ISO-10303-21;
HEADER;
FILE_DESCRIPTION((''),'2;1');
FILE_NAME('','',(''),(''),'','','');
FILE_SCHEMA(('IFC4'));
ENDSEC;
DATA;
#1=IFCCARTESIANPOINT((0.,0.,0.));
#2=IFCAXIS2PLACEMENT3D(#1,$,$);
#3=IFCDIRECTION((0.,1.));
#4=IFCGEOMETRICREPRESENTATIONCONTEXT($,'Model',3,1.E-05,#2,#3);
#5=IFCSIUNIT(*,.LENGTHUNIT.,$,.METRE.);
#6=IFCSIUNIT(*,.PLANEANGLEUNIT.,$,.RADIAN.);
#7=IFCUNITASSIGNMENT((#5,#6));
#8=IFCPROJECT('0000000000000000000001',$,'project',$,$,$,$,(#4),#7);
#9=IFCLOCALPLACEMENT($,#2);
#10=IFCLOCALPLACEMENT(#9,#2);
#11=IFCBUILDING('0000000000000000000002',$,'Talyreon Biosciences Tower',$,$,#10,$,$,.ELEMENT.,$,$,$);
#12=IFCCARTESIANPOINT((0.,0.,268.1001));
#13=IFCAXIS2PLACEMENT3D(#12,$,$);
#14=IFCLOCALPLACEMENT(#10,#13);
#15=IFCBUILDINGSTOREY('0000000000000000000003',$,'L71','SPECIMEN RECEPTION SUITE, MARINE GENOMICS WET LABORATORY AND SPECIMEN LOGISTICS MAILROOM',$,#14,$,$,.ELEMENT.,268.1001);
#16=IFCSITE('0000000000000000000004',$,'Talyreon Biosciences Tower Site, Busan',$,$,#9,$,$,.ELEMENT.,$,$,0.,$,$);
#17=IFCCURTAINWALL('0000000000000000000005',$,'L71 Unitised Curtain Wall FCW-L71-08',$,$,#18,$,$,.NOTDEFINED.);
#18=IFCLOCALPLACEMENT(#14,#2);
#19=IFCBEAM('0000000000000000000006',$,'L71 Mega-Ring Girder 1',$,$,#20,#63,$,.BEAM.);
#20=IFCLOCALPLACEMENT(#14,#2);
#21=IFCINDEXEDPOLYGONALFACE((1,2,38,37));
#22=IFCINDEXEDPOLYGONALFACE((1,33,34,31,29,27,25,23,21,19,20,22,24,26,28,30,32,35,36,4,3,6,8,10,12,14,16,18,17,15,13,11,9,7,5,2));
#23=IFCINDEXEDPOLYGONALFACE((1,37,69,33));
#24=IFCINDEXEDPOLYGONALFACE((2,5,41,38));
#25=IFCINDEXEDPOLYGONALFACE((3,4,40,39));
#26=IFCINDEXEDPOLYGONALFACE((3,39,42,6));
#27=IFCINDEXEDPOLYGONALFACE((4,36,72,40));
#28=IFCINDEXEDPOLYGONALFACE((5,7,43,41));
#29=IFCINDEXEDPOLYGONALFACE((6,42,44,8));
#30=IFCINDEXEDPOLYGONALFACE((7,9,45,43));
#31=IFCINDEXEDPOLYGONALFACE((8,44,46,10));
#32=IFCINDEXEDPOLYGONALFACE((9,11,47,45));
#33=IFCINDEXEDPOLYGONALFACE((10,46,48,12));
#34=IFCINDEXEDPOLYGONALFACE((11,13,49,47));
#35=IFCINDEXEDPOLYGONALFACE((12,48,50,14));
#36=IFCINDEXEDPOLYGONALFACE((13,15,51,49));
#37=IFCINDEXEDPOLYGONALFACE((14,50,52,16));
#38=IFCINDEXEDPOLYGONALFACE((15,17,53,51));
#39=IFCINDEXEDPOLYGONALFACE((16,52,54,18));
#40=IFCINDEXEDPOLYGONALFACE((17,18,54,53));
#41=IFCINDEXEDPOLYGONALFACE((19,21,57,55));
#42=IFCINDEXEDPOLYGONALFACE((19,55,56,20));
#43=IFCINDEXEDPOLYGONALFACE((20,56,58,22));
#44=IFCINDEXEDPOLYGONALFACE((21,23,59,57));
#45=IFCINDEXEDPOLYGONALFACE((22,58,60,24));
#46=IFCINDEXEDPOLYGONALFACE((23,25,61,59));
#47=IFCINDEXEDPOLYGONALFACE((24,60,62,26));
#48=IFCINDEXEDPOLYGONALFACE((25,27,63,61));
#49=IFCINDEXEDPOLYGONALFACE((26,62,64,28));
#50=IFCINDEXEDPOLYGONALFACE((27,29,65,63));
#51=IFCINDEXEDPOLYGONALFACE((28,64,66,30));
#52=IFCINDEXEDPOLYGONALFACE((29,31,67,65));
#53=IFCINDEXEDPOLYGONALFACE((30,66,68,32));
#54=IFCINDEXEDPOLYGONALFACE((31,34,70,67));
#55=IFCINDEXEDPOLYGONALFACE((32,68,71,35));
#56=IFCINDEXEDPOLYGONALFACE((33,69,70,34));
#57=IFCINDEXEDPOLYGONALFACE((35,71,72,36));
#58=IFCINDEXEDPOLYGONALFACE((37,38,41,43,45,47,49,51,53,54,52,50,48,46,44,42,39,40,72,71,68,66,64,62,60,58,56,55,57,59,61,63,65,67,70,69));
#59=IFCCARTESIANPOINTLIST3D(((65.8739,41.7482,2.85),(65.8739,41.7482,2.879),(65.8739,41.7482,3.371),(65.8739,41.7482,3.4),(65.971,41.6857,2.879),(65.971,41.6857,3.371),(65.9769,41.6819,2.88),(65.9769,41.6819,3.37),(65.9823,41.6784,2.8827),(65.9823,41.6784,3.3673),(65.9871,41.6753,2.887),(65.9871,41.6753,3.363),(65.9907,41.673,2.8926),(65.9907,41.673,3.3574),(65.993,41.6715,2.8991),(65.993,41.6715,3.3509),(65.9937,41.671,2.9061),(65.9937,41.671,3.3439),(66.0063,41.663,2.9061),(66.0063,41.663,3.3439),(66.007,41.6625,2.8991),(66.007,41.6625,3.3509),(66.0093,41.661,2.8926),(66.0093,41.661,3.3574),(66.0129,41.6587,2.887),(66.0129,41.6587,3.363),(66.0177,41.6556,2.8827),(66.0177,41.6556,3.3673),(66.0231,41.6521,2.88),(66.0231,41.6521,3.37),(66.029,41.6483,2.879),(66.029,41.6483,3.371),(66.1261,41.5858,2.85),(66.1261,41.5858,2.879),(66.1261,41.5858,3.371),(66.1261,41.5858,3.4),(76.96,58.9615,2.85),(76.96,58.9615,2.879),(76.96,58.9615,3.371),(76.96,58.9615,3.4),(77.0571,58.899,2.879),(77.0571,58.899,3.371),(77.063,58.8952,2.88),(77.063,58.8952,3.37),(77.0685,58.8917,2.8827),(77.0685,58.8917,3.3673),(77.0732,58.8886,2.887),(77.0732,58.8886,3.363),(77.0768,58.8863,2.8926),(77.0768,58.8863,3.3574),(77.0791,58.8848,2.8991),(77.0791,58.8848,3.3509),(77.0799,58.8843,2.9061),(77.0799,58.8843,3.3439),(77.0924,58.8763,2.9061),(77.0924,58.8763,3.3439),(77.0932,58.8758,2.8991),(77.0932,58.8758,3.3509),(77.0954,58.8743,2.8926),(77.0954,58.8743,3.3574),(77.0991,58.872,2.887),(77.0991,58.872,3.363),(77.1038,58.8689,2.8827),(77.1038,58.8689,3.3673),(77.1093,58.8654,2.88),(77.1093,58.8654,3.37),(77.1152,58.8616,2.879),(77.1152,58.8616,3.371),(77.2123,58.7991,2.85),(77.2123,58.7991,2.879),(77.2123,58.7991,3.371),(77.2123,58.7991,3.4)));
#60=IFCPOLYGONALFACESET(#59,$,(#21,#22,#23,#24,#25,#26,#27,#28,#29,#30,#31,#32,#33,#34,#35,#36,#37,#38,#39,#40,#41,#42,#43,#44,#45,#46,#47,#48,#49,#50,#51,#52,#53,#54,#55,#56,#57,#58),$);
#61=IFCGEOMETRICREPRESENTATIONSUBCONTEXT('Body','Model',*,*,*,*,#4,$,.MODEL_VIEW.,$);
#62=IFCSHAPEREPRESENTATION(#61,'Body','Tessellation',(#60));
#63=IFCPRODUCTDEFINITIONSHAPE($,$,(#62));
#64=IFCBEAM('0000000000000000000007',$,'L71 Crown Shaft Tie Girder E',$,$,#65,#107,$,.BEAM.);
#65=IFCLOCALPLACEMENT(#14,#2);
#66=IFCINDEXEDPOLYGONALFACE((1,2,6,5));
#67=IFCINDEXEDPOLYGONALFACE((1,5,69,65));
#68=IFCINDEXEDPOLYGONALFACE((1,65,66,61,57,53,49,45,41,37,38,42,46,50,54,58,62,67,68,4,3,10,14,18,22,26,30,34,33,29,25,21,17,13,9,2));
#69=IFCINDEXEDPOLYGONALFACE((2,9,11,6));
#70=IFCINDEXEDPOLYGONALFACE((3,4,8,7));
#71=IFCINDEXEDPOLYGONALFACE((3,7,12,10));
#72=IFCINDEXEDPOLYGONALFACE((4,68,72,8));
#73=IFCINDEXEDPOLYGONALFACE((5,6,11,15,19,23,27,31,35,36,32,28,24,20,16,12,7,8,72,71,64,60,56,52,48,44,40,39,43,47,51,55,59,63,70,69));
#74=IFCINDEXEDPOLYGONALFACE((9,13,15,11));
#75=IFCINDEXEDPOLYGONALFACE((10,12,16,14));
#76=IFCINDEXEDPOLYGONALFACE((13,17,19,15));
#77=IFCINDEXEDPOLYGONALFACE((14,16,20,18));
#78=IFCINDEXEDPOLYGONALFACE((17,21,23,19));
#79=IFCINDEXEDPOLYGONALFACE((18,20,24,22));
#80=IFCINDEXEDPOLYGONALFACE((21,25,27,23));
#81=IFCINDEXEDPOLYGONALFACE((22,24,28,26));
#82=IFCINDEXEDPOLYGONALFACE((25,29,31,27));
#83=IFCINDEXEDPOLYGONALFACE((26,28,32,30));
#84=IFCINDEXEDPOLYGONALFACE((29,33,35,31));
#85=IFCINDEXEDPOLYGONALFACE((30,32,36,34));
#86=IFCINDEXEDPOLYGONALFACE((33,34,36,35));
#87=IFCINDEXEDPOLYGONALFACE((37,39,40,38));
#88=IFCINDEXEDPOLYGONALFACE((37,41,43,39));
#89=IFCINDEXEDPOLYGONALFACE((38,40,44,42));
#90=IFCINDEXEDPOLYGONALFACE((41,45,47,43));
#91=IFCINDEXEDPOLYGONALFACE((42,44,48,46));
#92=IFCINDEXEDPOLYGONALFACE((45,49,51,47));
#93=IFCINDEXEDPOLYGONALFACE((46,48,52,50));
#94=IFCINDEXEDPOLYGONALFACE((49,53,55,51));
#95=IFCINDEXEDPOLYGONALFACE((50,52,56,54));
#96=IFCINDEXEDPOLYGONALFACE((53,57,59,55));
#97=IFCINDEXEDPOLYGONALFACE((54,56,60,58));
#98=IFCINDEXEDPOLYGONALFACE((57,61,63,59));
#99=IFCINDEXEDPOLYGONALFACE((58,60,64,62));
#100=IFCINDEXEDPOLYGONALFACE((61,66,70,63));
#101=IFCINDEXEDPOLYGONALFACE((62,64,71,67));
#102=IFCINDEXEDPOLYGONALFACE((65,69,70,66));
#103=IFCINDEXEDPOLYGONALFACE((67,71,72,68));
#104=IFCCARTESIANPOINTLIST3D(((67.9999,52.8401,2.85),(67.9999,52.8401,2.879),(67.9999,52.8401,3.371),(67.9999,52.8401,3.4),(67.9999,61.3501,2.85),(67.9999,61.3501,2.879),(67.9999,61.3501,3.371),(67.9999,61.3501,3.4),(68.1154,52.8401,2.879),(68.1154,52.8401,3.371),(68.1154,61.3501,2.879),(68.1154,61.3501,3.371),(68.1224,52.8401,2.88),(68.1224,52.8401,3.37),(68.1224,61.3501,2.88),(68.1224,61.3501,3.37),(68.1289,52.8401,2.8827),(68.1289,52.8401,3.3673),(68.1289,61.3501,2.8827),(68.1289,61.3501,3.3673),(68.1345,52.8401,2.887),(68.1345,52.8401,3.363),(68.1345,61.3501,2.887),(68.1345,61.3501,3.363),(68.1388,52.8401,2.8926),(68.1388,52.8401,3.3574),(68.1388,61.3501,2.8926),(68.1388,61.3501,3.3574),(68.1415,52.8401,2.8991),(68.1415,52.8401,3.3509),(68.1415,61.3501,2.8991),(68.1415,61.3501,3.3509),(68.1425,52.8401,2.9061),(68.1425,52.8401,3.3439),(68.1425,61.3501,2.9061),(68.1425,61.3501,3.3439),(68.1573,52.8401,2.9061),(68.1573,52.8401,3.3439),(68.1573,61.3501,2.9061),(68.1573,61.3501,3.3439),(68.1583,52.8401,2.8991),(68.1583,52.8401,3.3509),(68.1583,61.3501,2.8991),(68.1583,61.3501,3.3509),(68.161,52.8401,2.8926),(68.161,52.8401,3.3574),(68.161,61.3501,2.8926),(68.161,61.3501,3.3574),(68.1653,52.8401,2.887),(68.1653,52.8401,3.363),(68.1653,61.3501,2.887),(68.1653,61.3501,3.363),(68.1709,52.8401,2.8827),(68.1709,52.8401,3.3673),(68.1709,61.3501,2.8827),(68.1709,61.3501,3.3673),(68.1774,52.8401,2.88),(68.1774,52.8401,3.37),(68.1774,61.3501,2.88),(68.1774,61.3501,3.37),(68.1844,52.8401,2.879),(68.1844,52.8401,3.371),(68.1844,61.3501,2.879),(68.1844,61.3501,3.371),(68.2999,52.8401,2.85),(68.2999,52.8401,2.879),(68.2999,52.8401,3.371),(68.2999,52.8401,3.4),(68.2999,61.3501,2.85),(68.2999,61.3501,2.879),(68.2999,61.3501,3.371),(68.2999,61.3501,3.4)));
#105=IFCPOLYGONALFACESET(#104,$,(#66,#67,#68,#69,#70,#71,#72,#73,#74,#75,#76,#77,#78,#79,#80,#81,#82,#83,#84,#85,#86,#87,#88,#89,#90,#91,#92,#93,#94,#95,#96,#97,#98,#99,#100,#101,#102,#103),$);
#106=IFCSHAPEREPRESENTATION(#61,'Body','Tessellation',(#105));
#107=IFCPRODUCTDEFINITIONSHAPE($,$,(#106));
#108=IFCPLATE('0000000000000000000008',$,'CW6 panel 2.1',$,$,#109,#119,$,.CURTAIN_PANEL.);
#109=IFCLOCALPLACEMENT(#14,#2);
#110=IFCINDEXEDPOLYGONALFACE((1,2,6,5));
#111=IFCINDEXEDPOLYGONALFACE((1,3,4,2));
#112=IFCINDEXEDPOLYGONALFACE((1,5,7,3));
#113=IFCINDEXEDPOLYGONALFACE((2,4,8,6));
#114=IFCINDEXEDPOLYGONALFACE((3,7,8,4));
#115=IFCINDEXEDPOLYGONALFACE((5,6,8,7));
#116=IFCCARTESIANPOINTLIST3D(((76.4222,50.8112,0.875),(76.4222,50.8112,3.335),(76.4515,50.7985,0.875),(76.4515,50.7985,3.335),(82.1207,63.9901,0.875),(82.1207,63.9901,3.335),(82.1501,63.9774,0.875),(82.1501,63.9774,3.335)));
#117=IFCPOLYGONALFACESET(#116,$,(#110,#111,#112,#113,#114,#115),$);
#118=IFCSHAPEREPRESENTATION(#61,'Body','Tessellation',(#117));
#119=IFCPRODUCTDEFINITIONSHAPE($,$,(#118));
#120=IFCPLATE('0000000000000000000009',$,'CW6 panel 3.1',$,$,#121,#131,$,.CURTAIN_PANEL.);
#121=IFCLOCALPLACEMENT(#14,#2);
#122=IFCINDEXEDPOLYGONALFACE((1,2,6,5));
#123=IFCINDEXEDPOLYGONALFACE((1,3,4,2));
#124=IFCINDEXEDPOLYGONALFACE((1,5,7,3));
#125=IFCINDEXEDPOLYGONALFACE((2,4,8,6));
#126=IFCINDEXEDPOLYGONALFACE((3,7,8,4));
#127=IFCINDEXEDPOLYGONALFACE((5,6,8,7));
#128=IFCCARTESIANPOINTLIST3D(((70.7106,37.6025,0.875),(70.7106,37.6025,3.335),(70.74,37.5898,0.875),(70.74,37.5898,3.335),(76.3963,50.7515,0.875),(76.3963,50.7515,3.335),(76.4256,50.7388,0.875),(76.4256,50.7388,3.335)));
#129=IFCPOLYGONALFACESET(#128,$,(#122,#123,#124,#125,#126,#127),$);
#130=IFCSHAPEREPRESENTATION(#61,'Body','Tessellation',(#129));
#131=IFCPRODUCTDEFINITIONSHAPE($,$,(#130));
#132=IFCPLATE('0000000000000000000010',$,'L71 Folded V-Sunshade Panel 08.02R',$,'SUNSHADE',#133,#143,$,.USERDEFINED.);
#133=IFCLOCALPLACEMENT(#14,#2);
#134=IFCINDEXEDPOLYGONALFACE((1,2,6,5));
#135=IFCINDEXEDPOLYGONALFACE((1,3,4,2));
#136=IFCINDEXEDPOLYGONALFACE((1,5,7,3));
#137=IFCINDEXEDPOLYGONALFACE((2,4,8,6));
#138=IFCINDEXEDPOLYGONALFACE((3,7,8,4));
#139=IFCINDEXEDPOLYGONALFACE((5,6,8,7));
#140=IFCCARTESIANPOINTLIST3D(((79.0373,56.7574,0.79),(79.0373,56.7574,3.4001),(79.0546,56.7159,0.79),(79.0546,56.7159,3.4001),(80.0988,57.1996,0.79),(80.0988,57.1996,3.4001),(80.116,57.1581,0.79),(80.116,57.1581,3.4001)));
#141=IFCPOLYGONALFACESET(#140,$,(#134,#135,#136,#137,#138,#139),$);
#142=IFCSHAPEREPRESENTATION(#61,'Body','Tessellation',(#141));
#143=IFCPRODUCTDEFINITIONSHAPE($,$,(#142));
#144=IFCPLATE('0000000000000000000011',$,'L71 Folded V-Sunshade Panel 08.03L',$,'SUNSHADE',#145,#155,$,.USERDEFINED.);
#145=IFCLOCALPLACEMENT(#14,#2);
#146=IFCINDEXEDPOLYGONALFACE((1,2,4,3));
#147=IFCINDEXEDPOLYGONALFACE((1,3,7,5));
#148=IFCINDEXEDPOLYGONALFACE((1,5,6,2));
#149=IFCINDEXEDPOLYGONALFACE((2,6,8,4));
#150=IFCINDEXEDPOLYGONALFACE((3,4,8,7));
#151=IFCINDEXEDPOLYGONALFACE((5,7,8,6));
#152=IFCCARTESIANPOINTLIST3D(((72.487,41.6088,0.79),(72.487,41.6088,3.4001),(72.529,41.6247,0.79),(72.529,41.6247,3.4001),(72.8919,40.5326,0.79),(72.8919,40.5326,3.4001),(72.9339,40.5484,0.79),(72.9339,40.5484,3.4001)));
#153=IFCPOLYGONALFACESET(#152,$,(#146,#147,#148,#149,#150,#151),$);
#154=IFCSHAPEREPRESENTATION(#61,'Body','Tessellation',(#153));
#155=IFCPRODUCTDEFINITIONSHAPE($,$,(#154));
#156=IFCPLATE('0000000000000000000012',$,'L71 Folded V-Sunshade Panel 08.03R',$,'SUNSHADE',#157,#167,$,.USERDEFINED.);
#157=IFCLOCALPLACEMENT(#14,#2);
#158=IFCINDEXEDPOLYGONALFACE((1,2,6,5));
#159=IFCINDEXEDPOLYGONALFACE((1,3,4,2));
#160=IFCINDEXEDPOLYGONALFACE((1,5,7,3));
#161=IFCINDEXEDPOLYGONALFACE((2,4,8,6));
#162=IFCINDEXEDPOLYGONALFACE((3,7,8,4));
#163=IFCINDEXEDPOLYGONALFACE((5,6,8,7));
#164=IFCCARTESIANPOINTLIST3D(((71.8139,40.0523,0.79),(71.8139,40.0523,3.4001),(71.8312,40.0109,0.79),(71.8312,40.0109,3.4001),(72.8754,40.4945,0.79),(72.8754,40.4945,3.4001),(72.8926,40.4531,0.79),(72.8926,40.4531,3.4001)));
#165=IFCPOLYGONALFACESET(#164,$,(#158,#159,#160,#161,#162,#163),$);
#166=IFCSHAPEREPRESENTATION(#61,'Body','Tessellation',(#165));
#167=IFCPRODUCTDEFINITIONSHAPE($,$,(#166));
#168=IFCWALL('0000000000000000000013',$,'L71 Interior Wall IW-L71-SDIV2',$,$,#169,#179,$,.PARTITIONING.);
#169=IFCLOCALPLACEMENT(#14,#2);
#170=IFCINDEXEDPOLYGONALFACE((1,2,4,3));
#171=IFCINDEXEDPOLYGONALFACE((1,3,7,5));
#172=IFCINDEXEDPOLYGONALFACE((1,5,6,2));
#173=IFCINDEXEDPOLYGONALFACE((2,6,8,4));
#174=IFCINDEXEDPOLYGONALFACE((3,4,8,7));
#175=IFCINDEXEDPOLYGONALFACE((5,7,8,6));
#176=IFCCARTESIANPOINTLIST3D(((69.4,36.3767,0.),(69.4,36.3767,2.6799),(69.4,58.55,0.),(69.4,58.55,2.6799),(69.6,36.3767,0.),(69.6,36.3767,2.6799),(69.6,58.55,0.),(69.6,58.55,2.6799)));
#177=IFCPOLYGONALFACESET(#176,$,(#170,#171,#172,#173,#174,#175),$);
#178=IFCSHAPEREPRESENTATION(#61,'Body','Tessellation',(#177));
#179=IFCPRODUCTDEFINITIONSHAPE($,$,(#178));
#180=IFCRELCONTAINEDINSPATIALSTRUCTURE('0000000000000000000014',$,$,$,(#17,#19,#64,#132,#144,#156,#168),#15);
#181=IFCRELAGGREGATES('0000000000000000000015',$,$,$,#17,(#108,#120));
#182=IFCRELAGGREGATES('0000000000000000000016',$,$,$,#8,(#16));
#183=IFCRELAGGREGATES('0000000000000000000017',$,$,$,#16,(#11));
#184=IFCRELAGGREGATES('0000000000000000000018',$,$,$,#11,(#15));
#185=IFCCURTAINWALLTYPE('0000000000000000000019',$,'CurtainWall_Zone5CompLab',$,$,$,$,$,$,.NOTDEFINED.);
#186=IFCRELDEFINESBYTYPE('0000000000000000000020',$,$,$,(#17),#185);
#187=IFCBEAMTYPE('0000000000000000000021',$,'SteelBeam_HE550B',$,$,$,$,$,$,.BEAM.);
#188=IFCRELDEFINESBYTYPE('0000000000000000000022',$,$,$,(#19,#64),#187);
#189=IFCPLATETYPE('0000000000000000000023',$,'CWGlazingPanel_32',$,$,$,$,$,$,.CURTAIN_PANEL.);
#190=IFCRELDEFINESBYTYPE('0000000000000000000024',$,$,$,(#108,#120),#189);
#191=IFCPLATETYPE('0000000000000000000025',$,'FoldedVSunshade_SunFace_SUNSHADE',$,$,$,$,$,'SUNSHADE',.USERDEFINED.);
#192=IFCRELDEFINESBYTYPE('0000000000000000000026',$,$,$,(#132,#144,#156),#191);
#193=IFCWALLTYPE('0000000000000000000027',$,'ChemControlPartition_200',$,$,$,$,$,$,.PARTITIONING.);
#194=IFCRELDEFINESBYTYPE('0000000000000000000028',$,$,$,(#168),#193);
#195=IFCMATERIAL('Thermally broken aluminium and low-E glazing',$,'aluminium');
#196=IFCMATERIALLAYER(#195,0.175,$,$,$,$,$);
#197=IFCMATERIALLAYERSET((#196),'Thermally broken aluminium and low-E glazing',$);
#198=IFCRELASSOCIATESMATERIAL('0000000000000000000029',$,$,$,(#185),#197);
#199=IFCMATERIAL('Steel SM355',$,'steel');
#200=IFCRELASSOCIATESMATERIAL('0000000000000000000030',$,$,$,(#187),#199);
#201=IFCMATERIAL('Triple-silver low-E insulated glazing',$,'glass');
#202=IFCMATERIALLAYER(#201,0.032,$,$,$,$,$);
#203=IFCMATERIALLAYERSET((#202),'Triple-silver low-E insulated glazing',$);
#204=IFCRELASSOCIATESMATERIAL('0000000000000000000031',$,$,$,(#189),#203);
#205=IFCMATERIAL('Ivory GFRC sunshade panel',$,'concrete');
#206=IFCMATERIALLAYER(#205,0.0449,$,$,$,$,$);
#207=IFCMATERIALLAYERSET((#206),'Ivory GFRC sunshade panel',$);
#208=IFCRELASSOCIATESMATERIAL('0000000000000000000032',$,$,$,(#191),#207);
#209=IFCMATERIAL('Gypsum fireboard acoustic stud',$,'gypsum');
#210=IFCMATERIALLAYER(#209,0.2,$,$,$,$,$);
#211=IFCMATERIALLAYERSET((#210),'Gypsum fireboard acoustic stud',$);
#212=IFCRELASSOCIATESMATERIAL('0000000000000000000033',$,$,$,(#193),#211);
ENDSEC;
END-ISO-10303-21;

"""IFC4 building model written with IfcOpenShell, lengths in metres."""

from ifc_helpers import new_model, si_unit, direction, frame, frame_2d, origin, origin_2d, place, context, subcontext, project, spatial, rectangle, i_section, extrude, material, layer, layer_set, material_profile, profile_set, type_object, element, aggregate, save


model = new_model("IFC4")

# Units and contexts
model_context = context("Model", 3, precision=1e-05, world=origin(), true_north=direction((0.0, 1.0)))
body_context = subcontext(model_context, "Body", "Model", "MODEL_VIEW")
ifc_project = project(units=[si_unit("LENGTHUNIT", "METRE"), si_unit("PLANEANGLEUNIT", "RADIAN")], contexts=[model_context])

# Site, building, storey
site_placement = place(None, origin())
site = spatial("IfcSite", under=ifc_project, at=site_placement, Name="Talyreon Biosciences Tower Site, Busan", CompositionType="ELEMENT", RefElevation=0.0)
building_placement = place(site_placement, origin())
building = spatial("IfcBuilding", under=site, at=building_placement, Name="Talyreon Biosciences Tower", CompositionType="ELEMENT")
storey_placement = place(building_placement, frame((0.0, 0.0, 268.1001)))
storey = spatial("IfcBuildingStorey", under=building, at=storey_placement, Name="L71", Description="SPECIMEN RECEPTION SUITE, MARINE GENOMICS WET LABORATORY AND SPECIMEN LOGISTICS MAILROOM", CompositionType="ELEMENT", Elevation=268.1001)

# Curtain wall
ifc_material_1 = material(Name="Thermally broken aluminium and low-E glazing", Category="aluminium")
ifc_layer_1 = layer(ifc_material_1, 0.175)
ifc_layer_set_1 = layer_set([ifc_layer_1], Name="Thermally broken aluminium and low-E glazing")
curtain_wall_type = type_object("IfcCurtainWallType", Name="CurtainWall_Zone5CompLab", PredefinedType="NOTDEFINED", material=ifc_layer_set_1)
curtain_wall_placement = place(storey_placement, origin())
curtain_wall = element("IfcCurtainWall", 1, at=curtain_wall_placement, inside=storey, type_object=curtain_wall_type, Name="L71 Unitised Curtain Wall FCW-L71-08", PredefinedType="NOTDEFINED")

# Beams
ifc_material_2 = material(Name="Steel SM355", Category="steel")
ifc_material_profile_1 = material_profile(ifc_material_2, i_section(OverallWidth=0.3, OverallDepth=0.55, WebThickness=0.0149, FlangeThickness=0.0291, FilletRadius=0.0271, at=origin_2d()), Name="HE550B")
ifc_profile_set_1 = profile_set([ifc_material_profile_1], Name="Steel SM355")
beam_type_1 = type_object("IfcBeamType", Name="SteelBeam_HE550B", PredefinedType="BEAM", material=ifc_profile_set_1)
beam_1_placement = place(storey_placement, frame((66.0, 41.667, 3.125), z_axis=(0.541464, 0.840724, 0.0), x_axis=(-0.840724, 0.541464, 0.0)))
element("IfcBeam", 2, at=beam_1_placement, inside=storey, type_object=beam_type_1, Name="L71 Mega-Ring Girder 1", PredefinedType="BEAM", context=body_context, shape_type="SweptSolid", body=[
    extrude(i_section(OverallWidth=0.3, OverallDepth=0.55, WebThickness=0.0149, FlangeThickness=0.0291, FilletRadius=0.0271, at=origin_2d()), origin(), (0.0, 0.0, 1.0), 20.4744),
])
beam_2_placement = place(storey_placement, frame((68.1499, 52.8401, 3.125), z_axis=(0.0, 1.0, 0.0), x_axis=(-1.0, 0.0, 0.0)))
element("IfcBeam", 3, at=beam_2_placement, inside=storey, type_object=beam_type_1, Name="L71 Crown Shaft Tie Girder E", PredefinedType="BEAM", context=body_context, shape_type="SweptSolid", body=[
    extrude(i_section(OverallWidth=0.3, OverallDepth=0.55, WebThickness=0.0149, FlangeThickness=0.0291, FilletRadius=0.0271, at=origin_2d()), origin(), (0.0, 0.0, 1.0), 8.51),
])

# Plates
ifc_material_3 = material(Name="Triple-silver low-E insulated glazing", Category="glass")
ifc_layer_2 = layer(ifc_material_3, 0.032)
ifc_layer_set_2 = layer_set([ifc_layer_2], Name="Triple-silver low-E insulated glazing")
plate_type_1 = type_object("IfcPlateType", Name="CWGlazingPanel_32", PredefinedType="CURTAIN_PANEL", material=ifc_layer_set_2)
plate_1_placement = place(storey_placement, frame((79.2861, 57.3943, 0.875), z_axis=(0.0, 0.0, 1.0), x_axis=(-0.396887, -0.917868, 0.0)))
plate_1 = element("IfcPlate", 4, at=plate_1_placement, type_object=plate_type_1, Name="CW6 panel 2.1", PredefinedType="CURTAIN_PANEL", context=body_context, shape_type="SweptSolid", body=[
    extrude(rectangle(XDim=14.3582, YDim=0.032, at=origin_2d()), origin(), (0.0, 0.0, 1.0), 2.46),
])
plate_2_placement = place(storey_placement, frame((73.5681, 44.1707, 0.875), z_axis=(0.0, 0.0, 1.0), x_axis=(-0.396887, -0.917868, 0.0)))
plate_2 = element("IfcPlate", 5, at=plate_2_placement, type_object=plate_type_1, Name="CW6 panel 3.1", PredefinedType="CURTAIN_PANEL", context=body_context, shape_type="SweptSolid", body=[
    extrude(rectangle(XDim=14.3257, YDim=0.032, at=origin_2d()), origin(), (0.0, 0.0, 1.0), 2.46),
])
aggregate(curtain_wall, [plate_1, plate_2])

# Plates
ifc_material_4 = material(Name="Ivory GFRC sunshade panel", Category="concrete")
ifc_layer_3 = layer(ifc_material_4, 0.0449)
ifc_layer_set_3 = layer_set([ifc_layer_3], Name="Ivory GFRC sunshade panel")
plate_type_2 = type_object("IfcPlateType", Name="FoldedVSunshade_SunFace_SUNSHADE", ElementType="SUNSHADE", PredefinedType="USERDEFINED", material=ifc_layer_set_3)
for number, where, z_axis, x_axis, name in (
    (6, (79.5767, 56.9578, 0.79), (0.0, 0.0, 1.0), (-0.923103, -0.384553, 0.0), "L71 Folded V-Sunshade Panel 08.02R"),
    (7, (72.7104, 41.0786, 0.79), (0.0, 0.0, 1.0), (0.352103, -0.935961, 0.0), "L71 Folded V-Sunshade Panel 08.03L"),
    (8, (72.3533, 40.2527, 0.79), (0.0, 0.0, 1.0), (-0.923103, -0.384553, 0.0), "L71 Folded V-Sunshade Panel 08.03R"),
):
    element("IfcPlate", number, at=place(storey_placement, frame(where, z_axis=z_axis, x_axis=x_axis)), inside=storey, type_object=plate_type_2, Name=name, ObjectType="SUNSHADE", PredefinedType="USERDEFINED", context=body_context, shape_type="SweptSolid", body=[
        extrude(rectangle(XDim=1.1499, YDim=0.0449, at=origin_2d()), origin(), (0.0, 0.0, 1.0), 2.6101),
    ])

# Wall
ifc_material_5 = material(Name="Gypsum fireboard acoustic stud", Category="gypsum")
ifc_layer_4 = layer(ifc_material_5, 0.2)
ifc_layer_set_4 = layer_set([ifc_layer_4], Name="Gypsum fireboard acoustic stud")
wall_type_1 = type_object("IfcWallType", Name="ChemControlPartition_200", PredefinedType="PARTITIONING", material=ifc_layer_set_4)
wall_1_placement = place(storey_placement, frame((69.5, 36.3767, 0.0), z_axis=(0.0, 0.0, 1.0), x_axis=(0.0, 1.0, 0.0)))
element("IfcWall", 9, at=wall_1_placement, inside=storey, type_object=wall_type_1, Name="L71 Interior Wall IW-L71-SDIV2", PredefinedType="PARTITIONING", context=body_context, shape_type="SweptSolid", body=[
    extrude(rectangle(XDim=22.1733, YDim=0.2, at=frame_2d((11.0867, 0.0))), origin(), (0.0, 0.0, 1.0), 2.6799),
])

save(model, "model.ifc")
